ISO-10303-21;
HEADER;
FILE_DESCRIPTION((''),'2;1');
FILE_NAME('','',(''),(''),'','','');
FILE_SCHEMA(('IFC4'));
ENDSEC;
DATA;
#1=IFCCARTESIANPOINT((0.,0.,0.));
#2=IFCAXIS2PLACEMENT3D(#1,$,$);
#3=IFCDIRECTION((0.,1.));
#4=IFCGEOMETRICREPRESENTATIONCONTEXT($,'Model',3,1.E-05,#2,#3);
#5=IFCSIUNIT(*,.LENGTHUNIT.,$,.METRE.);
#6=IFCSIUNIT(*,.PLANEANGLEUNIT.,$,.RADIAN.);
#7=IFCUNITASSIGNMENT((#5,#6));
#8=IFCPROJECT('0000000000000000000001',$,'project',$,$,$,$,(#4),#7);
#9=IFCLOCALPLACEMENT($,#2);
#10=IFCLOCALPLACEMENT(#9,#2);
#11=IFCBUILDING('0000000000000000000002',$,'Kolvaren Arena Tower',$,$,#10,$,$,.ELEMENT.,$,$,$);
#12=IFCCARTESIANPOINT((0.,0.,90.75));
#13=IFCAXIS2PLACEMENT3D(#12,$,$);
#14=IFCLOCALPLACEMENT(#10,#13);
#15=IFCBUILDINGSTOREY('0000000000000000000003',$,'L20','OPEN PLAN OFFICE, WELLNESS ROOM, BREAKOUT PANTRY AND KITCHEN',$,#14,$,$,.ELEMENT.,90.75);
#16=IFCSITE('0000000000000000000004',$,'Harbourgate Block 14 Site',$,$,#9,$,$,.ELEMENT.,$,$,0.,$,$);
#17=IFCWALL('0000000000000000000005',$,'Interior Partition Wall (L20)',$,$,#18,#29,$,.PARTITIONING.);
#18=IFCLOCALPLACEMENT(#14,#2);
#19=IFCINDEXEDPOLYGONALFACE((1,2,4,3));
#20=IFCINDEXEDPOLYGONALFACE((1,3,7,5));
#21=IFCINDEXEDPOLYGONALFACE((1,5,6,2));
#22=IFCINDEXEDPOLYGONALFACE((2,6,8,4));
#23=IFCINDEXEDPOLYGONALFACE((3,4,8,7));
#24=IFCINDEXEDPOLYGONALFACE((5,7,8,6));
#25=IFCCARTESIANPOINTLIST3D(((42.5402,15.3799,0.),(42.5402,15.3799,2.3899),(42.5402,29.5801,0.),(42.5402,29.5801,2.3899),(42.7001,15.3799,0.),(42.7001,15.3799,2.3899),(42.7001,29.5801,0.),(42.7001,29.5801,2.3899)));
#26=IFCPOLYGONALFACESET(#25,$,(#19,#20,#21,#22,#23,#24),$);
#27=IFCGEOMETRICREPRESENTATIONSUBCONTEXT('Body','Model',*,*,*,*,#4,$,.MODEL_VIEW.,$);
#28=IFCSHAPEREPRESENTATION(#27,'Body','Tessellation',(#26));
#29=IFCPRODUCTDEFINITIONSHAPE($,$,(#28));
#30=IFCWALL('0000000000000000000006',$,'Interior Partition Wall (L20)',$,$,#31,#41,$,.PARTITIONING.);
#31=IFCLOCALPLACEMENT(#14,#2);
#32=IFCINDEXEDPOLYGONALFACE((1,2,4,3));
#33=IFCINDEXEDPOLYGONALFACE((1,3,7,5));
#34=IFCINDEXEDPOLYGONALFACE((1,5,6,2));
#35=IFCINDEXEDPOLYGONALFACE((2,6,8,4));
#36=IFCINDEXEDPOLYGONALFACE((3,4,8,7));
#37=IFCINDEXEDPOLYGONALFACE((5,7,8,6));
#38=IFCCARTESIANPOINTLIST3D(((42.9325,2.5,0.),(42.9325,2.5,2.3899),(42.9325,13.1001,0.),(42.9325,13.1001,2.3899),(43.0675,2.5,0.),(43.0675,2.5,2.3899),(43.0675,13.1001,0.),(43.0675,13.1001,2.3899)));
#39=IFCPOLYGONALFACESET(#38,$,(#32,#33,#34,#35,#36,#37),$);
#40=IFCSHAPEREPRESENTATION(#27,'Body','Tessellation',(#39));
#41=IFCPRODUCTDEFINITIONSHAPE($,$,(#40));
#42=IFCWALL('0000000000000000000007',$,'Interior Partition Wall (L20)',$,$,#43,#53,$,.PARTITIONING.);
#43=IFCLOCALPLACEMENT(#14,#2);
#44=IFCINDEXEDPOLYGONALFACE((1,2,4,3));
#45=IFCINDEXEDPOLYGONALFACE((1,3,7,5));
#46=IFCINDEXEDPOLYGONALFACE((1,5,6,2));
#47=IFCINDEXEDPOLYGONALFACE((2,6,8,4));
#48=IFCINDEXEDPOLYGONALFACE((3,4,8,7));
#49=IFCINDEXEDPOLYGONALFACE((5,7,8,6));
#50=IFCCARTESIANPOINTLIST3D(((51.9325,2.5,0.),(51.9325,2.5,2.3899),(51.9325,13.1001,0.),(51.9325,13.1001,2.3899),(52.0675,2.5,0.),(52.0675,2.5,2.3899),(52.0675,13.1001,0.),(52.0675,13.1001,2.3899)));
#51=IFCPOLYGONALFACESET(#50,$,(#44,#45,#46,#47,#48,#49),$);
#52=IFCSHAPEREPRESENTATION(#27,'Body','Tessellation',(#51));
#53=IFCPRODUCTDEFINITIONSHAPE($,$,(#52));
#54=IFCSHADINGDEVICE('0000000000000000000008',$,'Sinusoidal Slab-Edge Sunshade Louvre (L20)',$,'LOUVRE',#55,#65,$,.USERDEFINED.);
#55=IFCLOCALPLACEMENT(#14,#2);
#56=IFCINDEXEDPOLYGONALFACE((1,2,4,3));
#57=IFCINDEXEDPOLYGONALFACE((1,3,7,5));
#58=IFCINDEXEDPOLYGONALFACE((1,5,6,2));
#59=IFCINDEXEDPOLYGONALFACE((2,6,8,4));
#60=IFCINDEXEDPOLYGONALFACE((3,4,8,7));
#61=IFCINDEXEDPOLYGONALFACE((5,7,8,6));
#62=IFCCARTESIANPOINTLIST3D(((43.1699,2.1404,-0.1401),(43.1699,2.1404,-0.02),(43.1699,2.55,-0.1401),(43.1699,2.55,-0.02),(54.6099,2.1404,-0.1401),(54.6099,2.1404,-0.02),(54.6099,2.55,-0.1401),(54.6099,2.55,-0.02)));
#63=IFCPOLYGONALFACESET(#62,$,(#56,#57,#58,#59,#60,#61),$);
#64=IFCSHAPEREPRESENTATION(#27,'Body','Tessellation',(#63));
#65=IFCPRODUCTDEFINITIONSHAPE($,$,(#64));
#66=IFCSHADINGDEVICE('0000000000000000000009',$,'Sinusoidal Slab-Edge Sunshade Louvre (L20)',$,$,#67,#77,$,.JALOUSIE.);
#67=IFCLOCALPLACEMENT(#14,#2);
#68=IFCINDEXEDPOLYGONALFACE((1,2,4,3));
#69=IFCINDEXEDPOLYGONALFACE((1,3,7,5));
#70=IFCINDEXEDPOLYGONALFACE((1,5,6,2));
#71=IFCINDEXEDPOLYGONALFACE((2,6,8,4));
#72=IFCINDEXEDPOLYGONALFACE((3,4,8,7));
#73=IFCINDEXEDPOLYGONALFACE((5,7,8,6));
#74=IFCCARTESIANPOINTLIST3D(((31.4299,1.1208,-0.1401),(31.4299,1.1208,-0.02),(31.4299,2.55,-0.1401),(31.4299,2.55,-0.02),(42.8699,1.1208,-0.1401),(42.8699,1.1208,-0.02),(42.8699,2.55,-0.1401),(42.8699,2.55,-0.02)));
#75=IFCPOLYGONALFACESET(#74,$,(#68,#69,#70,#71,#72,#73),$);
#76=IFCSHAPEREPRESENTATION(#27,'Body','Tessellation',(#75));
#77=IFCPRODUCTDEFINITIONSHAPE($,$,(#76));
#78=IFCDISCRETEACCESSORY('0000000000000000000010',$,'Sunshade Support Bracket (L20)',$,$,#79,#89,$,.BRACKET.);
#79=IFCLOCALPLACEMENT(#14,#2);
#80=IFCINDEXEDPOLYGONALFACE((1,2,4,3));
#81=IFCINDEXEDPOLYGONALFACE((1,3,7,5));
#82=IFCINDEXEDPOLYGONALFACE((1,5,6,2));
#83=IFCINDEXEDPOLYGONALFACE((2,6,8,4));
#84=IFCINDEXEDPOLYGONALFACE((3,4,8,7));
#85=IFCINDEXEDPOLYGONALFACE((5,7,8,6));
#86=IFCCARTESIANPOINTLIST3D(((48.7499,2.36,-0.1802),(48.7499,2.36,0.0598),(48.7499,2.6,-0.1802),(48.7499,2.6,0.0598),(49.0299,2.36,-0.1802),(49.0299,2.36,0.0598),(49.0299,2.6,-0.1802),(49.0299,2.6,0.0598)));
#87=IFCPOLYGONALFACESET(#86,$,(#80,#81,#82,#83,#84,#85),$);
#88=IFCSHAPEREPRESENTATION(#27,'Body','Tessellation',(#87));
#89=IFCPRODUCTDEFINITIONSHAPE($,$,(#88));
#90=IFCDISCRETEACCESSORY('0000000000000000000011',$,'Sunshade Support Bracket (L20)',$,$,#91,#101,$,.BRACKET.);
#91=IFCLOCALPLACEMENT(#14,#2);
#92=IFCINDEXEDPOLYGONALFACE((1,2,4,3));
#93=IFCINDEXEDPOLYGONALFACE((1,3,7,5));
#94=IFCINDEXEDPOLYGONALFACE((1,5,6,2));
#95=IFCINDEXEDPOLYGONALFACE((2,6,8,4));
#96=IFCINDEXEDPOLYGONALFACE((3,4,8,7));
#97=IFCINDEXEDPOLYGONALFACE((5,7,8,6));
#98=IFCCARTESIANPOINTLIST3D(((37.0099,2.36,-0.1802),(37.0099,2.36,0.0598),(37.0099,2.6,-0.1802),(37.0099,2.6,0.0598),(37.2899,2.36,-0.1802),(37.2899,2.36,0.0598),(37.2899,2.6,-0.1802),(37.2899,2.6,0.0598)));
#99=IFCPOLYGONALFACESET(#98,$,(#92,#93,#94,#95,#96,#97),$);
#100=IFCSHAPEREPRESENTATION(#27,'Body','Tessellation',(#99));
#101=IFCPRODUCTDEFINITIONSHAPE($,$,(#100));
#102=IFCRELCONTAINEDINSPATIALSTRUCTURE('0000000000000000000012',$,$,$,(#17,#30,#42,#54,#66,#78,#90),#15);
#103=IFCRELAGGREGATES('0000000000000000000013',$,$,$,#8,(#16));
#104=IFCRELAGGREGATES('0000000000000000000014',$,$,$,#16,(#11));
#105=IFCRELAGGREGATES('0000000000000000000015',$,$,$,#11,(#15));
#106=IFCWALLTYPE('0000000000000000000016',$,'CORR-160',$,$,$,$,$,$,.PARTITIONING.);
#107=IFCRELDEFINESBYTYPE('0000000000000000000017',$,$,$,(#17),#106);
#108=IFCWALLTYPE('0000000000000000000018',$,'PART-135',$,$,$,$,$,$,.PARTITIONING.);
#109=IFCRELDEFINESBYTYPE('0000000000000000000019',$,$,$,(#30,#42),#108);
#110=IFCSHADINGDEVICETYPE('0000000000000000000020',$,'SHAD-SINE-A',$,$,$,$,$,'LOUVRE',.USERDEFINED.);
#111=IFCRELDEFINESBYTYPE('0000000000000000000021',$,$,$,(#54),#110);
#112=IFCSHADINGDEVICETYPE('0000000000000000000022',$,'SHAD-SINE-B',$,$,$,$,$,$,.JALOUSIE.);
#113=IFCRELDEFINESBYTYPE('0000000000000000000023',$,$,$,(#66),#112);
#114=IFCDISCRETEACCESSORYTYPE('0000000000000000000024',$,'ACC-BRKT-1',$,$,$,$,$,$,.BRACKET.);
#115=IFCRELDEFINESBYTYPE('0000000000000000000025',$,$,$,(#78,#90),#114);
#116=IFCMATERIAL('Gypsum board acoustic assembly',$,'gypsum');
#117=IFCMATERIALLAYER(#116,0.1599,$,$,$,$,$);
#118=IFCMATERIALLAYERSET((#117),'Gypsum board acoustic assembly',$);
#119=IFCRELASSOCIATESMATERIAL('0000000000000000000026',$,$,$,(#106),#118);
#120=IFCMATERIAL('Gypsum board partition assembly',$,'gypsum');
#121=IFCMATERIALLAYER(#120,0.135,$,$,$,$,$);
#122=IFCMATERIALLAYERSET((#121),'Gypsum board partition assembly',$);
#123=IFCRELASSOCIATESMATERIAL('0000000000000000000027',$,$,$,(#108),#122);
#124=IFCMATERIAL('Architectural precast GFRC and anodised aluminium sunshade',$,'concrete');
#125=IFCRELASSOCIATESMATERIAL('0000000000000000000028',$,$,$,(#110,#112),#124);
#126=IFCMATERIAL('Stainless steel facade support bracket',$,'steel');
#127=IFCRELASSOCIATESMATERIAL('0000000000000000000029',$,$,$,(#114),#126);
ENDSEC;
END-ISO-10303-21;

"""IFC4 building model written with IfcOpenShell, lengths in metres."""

from ifc_helpers import new_model, si_unit, direction, frame, frame_2d, origin, origin_2d, place, context, subcontext, project, spatial, rectangle, extrude, material, layer, layer_set, type_object, element, save


model = new_model("IFC4")

# Units and contexts
model_context = context("Model", 3, precision=1e-05, world=origin(), true_north=direction((0.0, 1.0)))
body_context = subcontext(model_context, "Body", "Model", "MODEL_VIEW")
ifc_project = project(units=[si_unit("LENGTHUNIT", "METRE"), si_unit("PLANEANGLEUNIT", "RADIAN")], contexts=[model_context])

# Site, building, storey
site_placement = place(None, origin())
site = spatial("IfcSite", under=ifc_project, at=site_placement, Name="Harbourgate Block 14 Site", CompositionType="ELEMENT", RefElevation=0.0)
building_placement = place(site_placement, origin())
building = spatial("IfcBuilding", under=site, at=building_placement, Name="Kolvaren Arena Tower", CompositionType="ELEMENT")
storey_placement = place(building_placement, frame((0.0, 0.0, 90.75)))
storey = spatial("IfcBuildingStorey", under=building, at=storey_placement, Name="L20", Description="OPEN PLAN OFFICE, WELLNESS ROOM, BREAKOUT PANTRY AND KITCHEN", CompositionType="ELEMENT", Elevation=90.75)

# Walls
ifc_material_1 = material(Name="Gypsum board acoustic assembly", Category="gypsum")
ifc_layer_1 = layer(ifc_material_1, 0.1599)
ifc_layer_set_1 = layer_set([ifc_layer_1], Name="Gypsum board acoustic assembly")
wall_type_1 = type_object("IfcWallType", Name="CORR-160", PredefinedType="PARTITIONING", material=ifc_layer_set_1)
for number, where, z_axis, x_axis, name in (
    (1, (42.6201, 15.3799, 0.0), (0.0, 0.0, 1.0), (0.0, 1.0, 0.0), "Interior Partition Wall (L20)"),
):
    element("IfcWall", number, at=place(storey_placement, frame(where, z_axis=z_axis, x_axis=x_axis)), inside=storey, type_object=wall_type_1, Name=name, PredefinedType="PARTITIONING", context=body_context, shape_type="SweptSolid", body=[
        extrude(rectangle(XDim=14.2002, YDim=0.1599, at=frame_2d((7.1001, 0.0))), origin(), (0.0, 0.0, 1.0), 2.3899),
    ])
ifc_material_2 = material(Name="Gypsum board partition assembly", Category="gypsum")
ifc_layer_2 = layer(ifc_material_2, 0.135)
ifc_layer_set_2 = layer_set([ifc_layer_2], Name="Gypsum board partition assembly")
wall_type_2 = type_object("IfcWallType", Name="PART-135", PredefinedType="PARTITIONING", material=ifc_layer_set_2)
for number, where, z_axis, x_axis, name in (
    (2, (43.0, 2.5, 0.0), (0.0, 0.0, 1.0), (0.0, 1.0, 0.0), "Interior Partition Wall (L20)"),
    (3, (52.0, 2.5, 0.0), (0.0, 0.0, 1.0), (0.0, 1.0, 0.0), "Interior Partition Wall (L20)"),
):
    element("IfcWall", number, at=place(storey_placement, frame(where, z_axis=z_axis, x_axis=x_axis)), inside=storey, type_object=wall_type_2, Name=name, PredefinedType="PARTITIONING", context=body_context, shape_type="SweptSolid", body=[
        extrude(rectangle(XDim=10.6001, YDim=0.135, at=frame_2d((5.3, 0.0))), origin(), (0.0, 0.0, 1.0), 2.3899),
    ])

# Shading devices
ifc_material_3 = material(Name="Architectural precast GFRC and anodised aluminium sunshade", Category="concrete")
shading_device_type_1 = type_object("IfcShadingDeviceType", Name="SHAD-SINE-A", ElementType="LOUVRE", PredefinedType="USERDEFINED", material=ifc_material_3)
shading_device_1_placement = place(storey_placement, frame((48.8899, 2.3452, -0.1401), z_axis=(0.0, 0.0, 1.0), x_axis=(-1.0, 0.0, 0.0)))
element("IfcShadingDevice", 4, at=shading_device_1_placement, inside=storey, type_object=shading_device_type_1, Name="Sinusoidal Slab-Edge Sunshade Louvre (L20)", ObjectType="LOUVRE", PredefinedType="USERDEFINED", context=body_context, shape_type="SweptSolid", body=[
    extrude(rectangle(XDim=11.4399, YDim=0.4097, at=origin_2d()), origin(), (0.0, 0.0, 1.0), 0.1201),
])
shading_device_type_2 = type_object("IfcShadingDeviceType", Name="SHAD-SINE-B", PredefinedType="JALOUSIE", material=ifc_material_3)
shading_device_2_placement = place(storey_placement, frame((37.1499, 1.8354, -0.1401), z_axis=(0.0, 0.0, 1.0), x_axis=(-1.0, 0.0, 0.0)))
element("IfcShadingDevice", 5, at=shading_device_2_placement, inside=storey, type_object=shading_device_type_2, Name="Sinusoidal Slab-Edge Sunshade Louvre (L20)", PredefinedType="JALOUSIE", context=body_context, shape_type="SweptSolid", body=[
    extrude(rectangle(XDim=11.4399, YDim=1.4292, at=origin_2d()), origin(), (0.0, 0.0, 1.0), 0.1201),
])

# Discrete accessories
ifc_material_4 = material(Name="Stainless steel facade support bracket", Category="steel")
discrete_accessory_type = type_object("IfcDiscreteAccessoryType", Name="ACC-BRKT-1", PredefinedType="BRACKET", material=ifc_material_4)
for number, where, z_axis, x_axis, name in (
    (6, (48.8899, 2.48, -0.1802), (0.0, 0.0, 1.0), (-1.0, 0.0, 0.0), "Sunshade Support Bracket (L20)"),
    (7, (37.1499, 2.48, -0.1802), (0.0, 0.0, 1.0), (-1.0, 0.0, 0.0), "Sunshade Support Bracket (L20)"),
):
    element("IfcDiscreteAccessory", number, at=place(storey_placement, frame(where, z_axis=z_axis, x_axis=x_axis)), inside=storey, type_object=discrete_accessory_type, Name=name, PredefinedType="BRACKET", context=body_context, shape_type="SweptSolid", body=[
        extrude(rectangle(XDim=0.28, YDim=0.24, at=origin_2d()), origin(), (0.0, 0.0, 1.0), 0.24),
    ])

save(model, "model.ifc")
